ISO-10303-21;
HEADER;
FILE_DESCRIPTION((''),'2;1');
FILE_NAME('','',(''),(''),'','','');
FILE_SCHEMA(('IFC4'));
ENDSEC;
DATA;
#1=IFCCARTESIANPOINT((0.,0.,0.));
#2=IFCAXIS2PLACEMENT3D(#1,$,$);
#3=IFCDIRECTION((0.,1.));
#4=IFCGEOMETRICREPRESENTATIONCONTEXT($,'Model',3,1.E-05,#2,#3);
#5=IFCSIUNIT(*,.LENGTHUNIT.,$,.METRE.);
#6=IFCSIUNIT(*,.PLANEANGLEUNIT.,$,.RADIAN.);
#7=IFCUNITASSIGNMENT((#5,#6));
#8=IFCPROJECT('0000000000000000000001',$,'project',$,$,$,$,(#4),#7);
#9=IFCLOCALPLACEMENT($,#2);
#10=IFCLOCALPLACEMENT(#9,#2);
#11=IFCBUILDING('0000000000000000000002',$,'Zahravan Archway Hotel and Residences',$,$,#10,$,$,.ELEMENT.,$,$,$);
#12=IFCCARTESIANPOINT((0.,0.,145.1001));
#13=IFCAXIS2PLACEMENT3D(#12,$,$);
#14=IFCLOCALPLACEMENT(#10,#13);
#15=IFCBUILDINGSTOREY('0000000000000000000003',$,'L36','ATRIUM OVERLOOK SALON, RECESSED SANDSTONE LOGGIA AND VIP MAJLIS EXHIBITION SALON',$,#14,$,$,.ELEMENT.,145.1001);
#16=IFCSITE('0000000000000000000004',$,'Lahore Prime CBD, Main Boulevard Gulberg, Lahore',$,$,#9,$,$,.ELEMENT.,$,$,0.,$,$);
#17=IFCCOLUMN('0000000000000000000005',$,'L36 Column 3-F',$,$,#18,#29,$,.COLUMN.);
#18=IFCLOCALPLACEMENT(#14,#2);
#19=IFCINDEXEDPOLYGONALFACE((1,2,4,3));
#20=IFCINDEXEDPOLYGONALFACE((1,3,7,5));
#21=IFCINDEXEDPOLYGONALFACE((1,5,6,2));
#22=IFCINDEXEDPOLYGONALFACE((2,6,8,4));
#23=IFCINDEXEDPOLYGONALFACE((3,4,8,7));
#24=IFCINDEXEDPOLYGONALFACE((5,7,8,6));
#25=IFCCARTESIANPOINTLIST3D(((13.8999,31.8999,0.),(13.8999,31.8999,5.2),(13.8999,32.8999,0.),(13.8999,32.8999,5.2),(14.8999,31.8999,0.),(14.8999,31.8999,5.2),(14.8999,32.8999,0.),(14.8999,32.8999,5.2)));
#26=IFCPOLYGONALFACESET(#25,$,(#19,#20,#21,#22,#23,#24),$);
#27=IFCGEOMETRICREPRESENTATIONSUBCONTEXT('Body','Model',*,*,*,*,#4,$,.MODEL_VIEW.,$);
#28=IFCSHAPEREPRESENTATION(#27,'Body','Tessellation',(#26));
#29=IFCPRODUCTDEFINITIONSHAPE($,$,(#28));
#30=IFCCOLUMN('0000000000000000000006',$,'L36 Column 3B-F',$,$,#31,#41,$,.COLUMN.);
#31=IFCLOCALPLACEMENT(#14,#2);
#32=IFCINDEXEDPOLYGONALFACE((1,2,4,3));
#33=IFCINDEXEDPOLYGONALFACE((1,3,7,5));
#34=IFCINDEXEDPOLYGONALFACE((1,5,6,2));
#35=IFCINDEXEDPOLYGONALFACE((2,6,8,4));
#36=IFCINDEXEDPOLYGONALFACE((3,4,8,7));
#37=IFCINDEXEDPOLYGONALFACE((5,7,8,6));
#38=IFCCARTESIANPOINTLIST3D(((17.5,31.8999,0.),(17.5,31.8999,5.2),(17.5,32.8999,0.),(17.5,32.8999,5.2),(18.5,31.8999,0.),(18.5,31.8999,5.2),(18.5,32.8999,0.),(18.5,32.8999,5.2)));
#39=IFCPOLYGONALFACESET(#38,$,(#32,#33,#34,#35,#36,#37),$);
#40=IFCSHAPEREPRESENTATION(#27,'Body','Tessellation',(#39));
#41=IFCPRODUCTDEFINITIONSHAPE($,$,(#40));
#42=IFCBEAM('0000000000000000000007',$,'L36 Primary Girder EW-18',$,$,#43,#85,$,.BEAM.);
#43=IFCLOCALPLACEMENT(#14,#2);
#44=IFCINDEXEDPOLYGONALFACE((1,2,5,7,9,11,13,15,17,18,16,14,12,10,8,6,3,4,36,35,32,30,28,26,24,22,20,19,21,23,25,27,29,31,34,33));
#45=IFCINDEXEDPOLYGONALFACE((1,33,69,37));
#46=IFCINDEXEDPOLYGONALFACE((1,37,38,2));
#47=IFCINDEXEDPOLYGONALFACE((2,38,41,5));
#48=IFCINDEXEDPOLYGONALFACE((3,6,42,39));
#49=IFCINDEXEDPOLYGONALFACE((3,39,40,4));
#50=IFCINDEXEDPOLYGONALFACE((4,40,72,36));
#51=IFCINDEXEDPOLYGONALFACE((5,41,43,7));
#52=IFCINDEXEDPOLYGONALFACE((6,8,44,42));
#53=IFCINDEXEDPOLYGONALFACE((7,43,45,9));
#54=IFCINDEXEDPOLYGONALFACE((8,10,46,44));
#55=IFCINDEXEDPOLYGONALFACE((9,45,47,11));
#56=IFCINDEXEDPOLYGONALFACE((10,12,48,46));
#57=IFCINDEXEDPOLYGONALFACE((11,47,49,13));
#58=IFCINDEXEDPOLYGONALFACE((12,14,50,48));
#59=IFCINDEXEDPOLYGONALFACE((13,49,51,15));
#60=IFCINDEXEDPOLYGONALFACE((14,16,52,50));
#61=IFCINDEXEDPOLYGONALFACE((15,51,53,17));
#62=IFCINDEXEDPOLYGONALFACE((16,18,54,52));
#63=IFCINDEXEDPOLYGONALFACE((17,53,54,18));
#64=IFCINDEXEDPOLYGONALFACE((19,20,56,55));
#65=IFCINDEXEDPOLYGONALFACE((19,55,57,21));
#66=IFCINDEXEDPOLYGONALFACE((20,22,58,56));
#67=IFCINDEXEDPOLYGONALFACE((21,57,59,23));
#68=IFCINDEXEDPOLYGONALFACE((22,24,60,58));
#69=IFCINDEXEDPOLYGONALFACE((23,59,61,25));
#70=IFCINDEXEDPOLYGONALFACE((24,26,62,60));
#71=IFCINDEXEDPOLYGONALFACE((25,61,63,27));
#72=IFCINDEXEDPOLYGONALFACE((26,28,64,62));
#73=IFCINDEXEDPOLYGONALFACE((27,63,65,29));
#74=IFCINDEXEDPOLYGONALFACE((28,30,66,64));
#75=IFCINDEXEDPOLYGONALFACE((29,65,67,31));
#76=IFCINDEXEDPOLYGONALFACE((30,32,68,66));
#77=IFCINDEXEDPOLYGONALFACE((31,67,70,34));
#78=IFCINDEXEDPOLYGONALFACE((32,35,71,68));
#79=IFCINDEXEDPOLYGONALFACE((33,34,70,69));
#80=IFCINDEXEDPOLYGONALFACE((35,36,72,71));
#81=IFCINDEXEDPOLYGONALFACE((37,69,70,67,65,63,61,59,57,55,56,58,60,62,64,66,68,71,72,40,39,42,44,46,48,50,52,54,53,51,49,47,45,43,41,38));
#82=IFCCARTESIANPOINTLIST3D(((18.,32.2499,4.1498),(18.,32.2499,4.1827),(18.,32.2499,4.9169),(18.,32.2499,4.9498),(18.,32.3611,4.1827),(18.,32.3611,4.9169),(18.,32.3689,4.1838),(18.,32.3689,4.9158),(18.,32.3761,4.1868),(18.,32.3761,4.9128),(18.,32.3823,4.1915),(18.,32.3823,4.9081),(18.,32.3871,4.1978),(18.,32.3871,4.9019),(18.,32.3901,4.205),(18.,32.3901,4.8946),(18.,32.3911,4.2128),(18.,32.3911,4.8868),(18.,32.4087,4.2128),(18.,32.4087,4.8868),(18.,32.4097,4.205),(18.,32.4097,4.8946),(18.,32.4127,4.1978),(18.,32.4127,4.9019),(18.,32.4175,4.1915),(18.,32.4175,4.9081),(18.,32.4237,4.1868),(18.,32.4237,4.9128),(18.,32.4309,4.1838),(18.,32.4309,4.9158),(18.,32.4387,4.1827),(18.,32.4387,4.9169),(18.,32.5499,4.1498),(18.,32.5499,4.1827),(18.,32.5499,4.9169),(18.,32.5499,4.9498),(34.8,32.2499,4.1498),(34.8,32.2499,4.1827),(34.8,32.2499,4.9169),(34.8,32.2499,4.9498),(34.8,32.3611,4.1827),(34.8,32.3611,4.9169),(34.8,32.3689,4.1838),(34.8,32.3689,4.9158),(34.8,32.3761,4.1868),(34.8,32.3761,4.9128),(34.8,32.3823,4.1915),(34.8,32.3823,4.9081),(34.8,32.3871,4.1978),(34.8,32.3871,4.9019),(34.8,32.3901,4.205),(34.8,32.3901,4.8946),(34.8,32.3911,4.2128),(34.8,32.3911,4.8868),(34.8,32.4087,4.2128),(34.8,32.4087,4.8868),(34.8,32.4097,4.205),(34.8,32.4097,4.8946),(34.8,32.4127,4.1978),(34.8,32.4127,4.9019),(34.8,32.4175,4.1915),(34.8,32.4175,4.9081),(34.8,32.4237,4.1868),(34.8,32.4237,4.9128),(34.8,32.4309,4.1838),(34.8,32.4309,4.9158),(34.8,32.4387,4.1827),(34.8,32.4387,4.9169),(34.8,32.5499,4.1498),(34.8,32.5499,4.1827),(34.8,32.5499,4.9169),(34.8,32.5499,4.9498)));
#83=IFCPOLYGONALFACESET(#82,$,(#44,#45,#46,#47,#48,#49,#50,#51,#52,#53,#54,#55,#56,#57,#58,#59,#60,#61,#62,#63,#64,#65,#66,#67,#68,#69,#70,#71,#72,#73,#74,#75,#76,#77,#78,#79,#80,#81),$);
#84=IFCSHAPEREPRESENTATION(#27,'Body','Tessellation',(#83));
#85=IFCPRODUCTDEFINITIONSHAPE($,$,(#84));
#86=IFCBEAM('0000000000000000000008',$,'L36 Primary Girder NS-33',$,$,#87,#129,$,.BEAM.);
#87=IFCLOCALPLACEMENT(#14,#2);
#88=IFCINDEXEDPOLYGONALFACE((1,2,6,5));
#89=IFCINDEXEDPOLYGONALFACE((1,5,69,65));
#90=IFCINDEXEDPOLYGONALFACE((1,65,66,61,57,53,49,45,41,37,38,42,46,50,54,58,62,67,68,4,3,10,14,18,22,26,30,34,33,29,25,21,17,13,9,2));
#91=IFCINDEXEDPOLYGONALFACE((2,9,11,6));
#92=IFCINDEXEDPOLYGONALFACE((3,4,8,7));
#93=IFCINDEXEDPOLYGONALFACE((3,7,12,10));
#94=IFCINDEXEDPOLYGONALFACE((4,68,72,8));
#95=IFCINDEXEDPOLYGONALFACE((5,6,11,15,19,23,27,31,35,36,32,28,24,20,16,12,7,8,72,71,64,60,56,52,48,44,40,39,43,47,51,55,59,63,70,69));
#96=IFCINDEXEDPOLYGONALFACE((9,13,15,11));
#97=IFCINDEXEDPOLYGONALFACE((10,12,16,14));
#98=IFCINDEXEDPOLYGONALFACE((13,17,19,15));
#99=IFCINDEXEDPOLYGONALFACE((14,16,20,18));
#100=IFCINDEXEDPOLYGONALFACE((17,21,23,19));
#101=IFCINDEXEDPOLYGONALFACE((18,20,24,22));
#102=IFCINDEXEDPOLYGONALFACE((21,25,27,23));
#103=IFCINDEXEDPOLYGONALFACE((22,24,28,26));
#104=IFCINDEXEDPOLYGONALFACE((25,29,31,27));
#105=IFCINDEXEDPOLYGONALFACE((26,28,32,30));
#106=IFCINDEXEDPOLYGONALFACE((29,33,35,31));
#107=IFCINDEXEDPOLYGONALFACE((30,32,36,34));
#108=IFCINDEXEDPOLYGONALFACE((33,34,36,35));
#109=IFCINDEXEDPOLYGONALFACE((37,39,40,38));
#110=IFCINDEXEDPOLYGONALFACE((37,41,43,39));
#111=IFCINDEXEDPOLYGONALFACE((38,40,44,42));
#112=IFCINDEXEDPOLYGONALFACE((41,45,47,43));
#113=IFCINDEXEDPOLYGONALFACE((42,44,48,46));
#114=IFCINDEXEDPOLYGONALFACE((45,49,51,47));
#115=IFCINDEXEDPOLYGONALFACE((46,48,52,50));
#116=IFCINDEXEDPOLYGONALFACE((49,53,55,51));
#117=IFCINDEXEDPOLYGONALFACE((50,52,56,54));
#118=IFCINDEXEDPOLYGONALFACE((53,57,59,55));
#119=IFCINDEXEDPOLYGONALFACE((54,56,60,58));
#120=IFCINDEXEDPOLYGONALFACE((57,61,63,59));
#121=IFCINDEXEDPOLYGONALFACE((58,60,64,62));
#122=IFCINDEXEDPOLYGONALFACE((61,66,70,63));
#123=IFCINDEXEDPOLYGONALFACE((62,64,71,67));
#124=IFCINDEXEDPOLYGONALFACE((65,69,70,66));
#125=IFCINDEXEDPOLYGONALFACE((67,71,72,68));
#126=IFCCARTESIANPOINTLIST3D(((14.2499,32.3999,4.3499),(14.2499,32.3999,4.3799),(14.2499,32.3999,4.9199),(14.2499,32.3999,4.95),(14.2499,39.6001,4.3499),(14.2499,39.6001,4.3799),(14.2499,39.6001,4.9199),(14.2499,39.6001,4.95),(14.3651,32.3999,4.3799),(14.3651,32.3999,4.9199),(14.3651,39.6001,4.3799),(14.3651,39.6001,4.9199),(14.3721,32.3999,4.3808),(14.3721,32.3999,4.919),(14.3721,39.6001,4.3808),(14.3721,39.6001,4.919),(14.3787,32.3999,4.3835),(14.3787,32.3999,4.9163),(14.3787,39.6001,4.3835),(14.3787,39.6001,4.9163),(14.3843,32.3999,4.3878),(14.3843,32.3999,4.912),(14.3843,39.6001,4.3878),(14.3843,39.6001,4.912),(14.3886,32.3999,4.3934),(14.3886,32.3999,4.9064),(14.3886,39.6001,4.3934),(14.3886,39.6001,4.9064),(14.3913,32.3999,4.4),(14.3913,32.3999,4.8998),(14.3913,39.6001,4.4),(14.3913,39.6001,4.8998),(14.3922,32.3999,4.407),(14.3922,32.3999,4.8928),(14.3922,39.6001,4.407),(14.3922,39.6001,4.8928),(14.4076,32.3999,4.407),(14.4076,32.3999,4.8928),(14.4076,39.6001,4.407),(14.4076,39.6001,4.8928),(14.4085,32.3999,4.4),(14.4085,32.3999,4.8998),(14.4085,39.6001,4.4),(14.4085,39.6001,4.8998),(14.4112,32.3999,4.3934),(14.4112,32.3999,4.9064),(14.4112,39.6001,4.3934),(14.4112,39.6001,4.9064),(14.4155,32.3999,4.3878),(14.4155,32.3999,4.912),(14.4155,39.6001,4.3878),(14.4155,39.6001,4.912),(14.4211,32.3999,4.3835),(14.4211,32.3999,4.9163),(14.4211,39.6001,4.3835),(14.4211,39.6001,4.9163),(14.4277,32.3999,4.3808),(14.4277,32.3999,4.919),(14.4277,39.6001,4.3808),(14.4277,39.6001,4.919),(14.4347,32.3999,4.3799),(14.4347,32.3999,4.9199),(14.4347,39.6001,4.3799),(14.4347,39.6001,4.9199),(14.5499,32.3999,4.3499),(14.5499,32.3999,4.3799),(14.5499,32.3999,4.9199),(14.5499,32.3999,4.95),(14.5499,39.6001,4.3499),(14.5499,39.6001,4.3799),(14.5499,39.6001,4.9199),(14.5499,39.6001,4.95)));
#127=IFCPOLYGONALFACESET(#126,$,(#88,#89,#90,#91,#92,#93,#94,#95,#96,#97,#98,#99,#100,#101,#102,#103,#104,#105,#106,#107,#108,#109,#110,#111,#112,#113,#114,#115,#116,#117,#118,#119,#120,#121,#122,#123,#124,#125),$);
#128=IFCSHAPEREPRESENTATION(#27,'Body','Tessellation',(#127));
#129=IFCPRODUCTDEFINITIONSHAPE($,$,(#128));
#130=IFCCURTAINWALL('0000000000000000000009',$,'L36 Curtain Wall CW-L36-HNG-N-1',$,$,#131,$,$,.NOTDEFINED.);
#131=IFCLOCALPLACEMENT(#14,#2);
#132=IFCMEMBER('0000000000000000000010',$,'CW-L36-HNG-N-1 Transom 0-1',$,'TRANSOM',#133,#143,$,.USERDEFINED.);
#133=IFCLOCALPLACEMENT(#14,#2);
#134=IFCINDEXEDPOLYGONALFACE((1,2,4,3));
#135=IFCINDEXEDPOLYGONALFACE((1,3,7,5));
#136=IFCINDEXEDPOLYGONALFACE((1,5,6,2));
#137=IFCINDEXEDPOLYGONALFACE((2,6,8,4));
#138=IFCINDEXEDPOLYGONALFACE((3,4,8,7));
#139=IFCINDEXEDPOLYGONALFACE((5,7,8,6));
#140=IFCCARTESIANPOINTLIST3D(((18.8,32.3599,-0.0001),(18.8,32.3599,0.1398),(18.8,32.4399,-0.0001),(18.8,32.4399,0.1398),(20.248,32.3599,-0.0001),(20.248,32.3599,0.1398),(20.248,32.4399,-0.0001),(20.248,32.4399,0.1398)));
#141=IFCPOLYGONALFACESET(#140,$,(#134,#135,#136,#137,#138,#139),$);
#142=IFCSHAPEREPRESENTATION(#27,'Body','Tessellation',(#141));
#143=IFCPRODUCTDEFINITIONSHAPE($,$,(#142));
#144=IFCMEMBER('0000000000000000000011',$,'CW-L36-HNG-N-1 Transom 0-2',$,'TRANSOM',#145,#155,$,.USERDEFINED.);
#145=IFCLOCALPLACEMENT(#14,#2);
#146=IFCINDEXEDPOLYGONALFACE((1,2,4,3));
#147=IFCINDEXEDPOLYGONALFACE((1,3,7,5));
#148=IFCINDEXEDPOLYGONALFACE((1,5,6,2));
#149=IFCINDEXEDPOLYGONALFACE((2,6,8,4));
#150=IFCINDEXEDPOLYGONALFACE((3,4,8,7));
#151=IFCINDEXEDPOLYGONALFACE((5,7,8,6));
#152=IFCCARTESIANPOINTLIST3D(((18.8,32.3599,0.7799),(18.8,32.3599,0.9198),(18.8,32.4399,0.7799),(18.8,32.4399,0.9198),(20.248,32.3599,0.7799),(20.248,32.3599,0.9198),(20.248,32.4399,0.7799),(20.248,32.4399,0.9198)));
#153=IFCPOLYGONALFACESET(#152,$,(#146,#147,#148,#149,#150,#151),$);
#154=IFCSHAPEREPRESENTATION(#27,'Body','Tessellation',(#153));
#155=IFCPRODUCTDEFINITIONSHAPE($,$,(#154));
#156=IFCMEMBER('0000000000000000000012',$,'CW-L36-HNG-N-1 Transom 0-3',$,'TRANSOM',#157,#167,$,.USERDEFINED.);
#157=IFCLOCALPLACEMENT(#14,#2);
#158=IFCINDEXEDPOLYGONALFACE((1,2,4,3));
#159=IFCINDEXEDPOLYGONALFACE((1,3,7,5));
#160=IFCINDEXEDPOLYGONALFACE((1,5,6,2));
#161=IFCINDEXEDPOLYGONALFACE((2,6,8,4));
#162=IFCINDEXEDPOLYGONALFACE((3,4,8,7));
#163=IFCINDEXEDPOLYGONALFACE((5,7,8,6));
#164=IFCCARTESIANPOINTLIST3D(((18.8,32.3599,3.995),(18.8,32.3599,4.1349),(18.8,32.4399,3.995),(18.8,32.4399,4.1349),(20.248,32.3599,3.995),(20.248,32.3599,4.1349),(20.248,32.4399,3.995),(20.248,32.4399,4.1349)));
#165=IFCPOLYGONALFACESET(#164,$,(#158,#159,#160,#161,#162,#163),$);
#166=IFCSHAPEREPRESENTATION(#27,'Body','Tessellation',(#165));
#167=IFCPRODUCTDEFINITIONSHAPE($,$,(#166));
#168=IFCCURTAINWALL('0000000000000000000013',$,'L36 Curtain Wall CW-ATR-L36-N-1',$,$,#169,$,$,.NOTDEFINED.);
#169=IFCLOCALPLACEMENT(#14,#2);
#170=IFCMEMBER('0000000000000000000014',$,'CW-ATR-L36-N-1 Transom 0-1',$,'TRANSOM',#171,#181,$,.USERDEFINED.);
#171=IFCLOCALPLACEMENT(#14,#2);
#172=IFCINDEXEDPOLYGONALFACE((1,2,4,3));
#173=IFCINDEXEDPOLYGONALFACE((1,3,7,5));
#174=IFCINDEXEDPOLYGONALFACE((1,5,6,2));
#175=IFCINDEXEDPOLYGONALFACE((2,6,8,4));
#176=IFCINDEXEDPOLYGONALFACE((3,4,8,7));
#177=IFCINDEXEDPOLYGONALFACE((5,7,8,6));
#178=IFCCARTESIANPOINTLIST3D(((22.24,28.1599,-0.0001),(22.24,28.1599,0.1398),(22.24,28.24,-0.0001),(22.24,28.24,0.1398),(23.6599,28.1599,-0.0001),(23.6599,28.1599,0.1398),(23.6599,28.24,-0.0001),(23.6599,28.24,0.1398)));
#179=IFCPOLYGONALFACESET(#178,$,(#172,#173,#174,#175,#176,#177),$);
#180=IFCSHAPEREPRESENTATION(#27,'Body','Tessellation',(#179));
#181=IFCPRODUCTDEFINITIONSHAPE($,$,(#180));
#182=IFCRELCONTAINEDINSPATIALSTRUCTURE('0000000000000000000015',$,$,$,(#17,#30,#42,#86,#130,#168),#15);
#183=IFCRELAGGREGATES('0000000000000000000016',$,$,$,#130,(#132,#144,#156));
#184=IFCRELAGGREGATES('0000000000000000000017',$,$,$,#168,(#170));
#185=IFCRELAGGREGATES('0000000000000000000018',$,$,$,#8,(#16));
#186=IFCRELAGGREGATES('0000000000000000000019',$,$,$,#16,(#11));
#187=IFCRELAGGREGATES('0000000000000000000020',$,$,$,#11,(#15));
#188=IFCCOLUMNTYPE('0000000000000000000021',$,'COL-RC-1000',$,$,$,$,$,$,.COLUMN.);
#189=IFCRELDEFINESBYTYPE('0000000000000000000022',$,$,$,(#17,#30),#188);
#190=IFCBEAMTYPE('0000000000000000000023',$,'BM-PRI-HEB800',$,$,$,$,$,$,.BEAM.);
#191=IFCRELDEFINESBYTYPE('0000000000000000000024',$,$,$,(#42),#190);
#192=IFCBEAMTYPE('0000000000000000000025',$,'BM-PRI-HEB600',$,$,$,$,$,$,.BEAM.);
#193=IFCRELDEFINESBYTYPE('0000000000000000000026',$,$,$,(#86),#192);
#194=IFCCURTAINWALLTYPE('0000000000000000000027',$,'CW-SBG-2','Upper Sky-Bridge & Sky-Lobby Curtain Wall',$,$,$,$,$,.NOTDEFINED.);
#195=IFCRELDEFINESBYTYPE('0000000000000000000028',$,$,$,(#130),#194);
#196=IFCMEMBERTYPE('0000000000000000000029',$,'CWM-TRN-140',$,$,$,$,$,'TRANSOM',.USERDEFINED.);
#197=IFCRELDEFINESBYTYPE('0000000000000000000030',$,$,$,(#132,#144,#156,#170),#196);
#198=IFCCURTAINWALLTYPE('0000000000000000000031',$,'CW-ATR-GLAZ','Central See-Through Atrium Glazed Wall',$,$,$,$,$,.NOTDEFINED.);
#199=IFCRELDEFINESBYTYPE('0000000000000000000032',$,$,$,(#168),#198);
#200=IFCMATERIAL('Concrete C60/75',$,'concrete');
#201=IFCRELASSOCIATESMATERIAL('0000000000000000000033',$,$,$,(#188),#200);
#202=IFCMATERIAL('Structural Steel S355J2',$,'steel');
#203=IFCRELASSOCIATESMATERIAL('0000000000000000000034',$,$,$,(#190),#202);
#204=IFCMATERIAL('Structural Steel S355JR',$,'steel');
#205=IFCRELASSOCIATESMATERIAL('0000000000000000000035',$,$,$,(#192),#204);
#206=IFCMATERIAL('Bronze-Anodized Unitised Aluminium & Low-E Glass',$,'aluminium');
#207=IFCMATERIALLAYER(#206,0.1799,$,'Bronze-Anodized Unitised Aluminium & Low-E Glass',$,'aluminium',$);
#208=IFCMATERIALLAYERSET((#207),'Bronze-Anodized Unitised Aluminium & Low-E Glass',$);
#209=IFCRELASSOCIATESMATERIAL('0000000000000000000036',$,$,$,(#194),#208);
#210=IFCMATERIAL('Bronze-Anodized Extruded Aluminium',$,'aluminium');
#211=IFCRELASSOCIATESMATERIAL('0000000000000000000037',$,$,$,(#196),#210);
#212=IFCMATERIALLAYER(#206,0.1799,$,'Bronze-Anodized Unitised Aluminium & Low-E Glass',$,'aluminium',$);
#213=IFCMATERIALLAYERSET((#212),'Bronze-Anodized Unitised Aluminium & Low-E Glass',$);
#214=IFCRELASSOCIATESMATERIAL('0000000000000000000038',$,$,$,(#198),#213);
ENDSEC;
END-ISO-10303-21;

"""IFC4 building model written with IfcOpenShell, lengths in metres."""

from ifc_helpers import new_model, si_unit, direction, frame, origin, origin_2d, place, context, subcontext, project, spatial, rectangle, i_section, extrude, source, transform, mapped, material, layer, layer_set, material_profile, profile_set, type_object, type_shapes, element, aggregate, save


model = new_model("IFC4")

# Units and contexts
model_context = context("Model", 3, precision=1e-05, world=origin(), true_north=direction((0.0, 1.0)))
body_context = subcontext(model_context, "Body", "Model", "MODEL_VIEW")
ifc_project = project(units=[si_unit("LENGTHUNIT", "METRE"), si_unit("PLANEANGLEUNIT", "RADIAN")], contexts=[model_context])

# Site, building, storey
site_placement = place(None, origin())
site = spatial("IfcSite", under=ifc_project, at=site_placement, Name="Lahore Prime CBD, Main Boulevard Gulberg, Lahore", CompositionType="ELEMENT", RefElevation=0.0)
building_placement = place(site_placement, origin())
building = spatial("IfcBuilding", under=site, at=building_placement, Name="Zahravan Archway Hotel and Residences", CompositionType="ELEMENT")
storey_placement = place(building_placement, frame((0.0, 0.0, 145.1001)))
storey = spatial("IfcBuildingStorey", under=building, at=storey_placement, Name="L36", Description="ATRIUM OVERLOOK SALON, RECESSED SANDSTONE LOGGIA AND VIP MAJLIS EXHIBITION SALON", CompositionType="ELEMENT", Elevation=145.1001)

# Columns
ifc_material_1 = material(Name="Concrete C60/75", Category="concrete")
ifc_material_profile_1 = material_profile(ifc_material_1, rectangle(XDim=1.0, YDim=1.0, at=origin_2d()), Name="RC-COL-1000x1000", Category="concrete")
ifc_profile_set_1 = profile_set([ifc_material_profile_1], Name="Concrete C60/75")
column_type = type_object("IfcColumnType", Name="COL-RC-1000", PredefinedType="COLUMN", material=ifc_profile_set_1)
shared_shape_1 = source(origin(), body_context, "Body", "SweptSolid", [
    extrude(rectangle(XDim=1.0, YDim=1.0, at=origin_2d()), origin(), (0.0, 0.0, 1.0), 5.2),
])
for number, where, z_axis, x_axis, name in (
    (1, (14.3999, 32.3999, 0.0), (0.0, 0.0, 1.0), (1.0, 0.0, 0.0), "L36 Column 3-F"),
    (2, (18.0, 32.3999, 0.0), (0.0, 0.0, 1.0), (1.0, 0.0, 0.0), "L36 Column 3B-F"),
):
    element("IfcColumn", number, at=place(storey_placement, frame(where, z_axis=z_axis, x_axis=x_axis)), inside=storey, type_object=column_type, Name=name, PredefinedType="COLUMN", context=body_context, shape_type="MappedRepresentation", body=[
        mapped(shared_shape_1, transform((0.0, 0.0, 0.0), scale=1.0)),
    ])

# Beams
ifc_material_2 = material(Name="Structural Steel S355J2", Category="steel")
ifc_material_profile_2 = material_profile(ifc_material_2, i_section(OverallWidth=0.3, OverallDepth=0.8, WebThickness=0.0176, FlangeThickness=0.033, FilletRadius=0.03, at=origin_2d()), Name="HEB 800", Category="steel")
ifc_profile_set_2 = profile_set([ifc_material_profile_2], Name="Structural Steel S355J2")
beam_type_1 = type_object("IfcBeamType", Name="BM-PRI-HEB800", PredefinedType="BEAM", material=ifc_profile_set_2)
shared_shape_2 = source(origin(), body_context, "Body", "SweptSolid", [
    extrude(i_section(OverallWidth=0.3, OverallDepth=0.8, WebThickness=0.0176, FlangeThickness=0.033, FilletRadius=0.03, at=origin_2d()), origin(), (0.0, 0.0, 1.0), 16.8),
])
type_shapes(beam_type_1, [shared_shape_2])
beam_1_placement = place(storey_placement, frame((18.0, 32.3999, 4.5498), z_axis=(1.0, 0.0, 0.0), x_axis=(0.0, 1.0, 0.0)))
element("IfcBeam", 3, at=beam_1_placement, inside=storey, type_object=beam_type_1, Name="L36 Primary Girder EW-18", PredefinedType="BEAM", context=body_context, shape_type="MappedRepresentation", body=[
    mapped(shared_shape_2, transform((0.0, 0.0, 0.0), scale=1.0)),
])
ifc_material_3 = material(Name="Structural Steel S355JR", Category="steel")
ifc_material_profile_3 = material_profile(ifc_material_3, i_section(OverallWidth=0.3, OverallDepth=0.6001, WebThickness=0.0154, FlangeThickness=0.03, FilletRadius=0.0271, at=origin_2d()), Name="HEB 600", Category="steel")
ifc_profile_set_3 = profile_set([ifc_material_profile_3], Name="Structural Steel S355JR")
beam_type_2 = type_object("IfcBeamType", Name="BM-PRI-HEB600", PredefinedType="BEAM", material=ifc_profile_set_3)
shared_shape_3 = source(origin(), body_context, "Body", "SweptSolid", [
    extrude(i_section(OverallWidth=0.3, OverallDepth=0.6001, WebThickness=0.0154, FlangeThickness=0.03, FilletRadius=0.0271, at=origin_2d()), origin(), (0.0, 0.0, 1.0), 7.2002),
])
type_shapes(beam_type_2, [shared_shape_3])
beam_2_placement = place(storey_placement, frame((14.3999, 32.3999, 4.6499), z_axis=(0.0, 1.0, 0.0), x_axis=(-1.0, 0.0, 0.0)))
element("IfcBeam", 4, at=beam_2_placement, inside=storey, type_object=beam_type_2, Name="L36 Primary Girder NS-33", PredefinedType="BEAM", context=body_context, shape_type="MappedRepresentation", body=[
    mapped(shared_shape_3, transform((0.0, 0.0, 0.0), scale=1.0)),
])

# Curtain walls, members
ifc_material_4 = material(Name="Bronze-Anodized Unitised Aluminium & Low-E Glass", Category="aluminium")
ifc_layer_1 = layer(ifc_material_4, 0.1799, Name="Bronze-Anodized Unitised Aluminium & Low-E Glass", Category="aluminium")
ifc_layer_set_1 = layer_set([ifc_layer_1], Name="Bronze-Anodized Unitised Aluminium & Low-E Glass")
curtain_wall_type_1 = type_object("IfcCurtainWallType", Name="CW-SBG-2", Description="Upper Sky-Bridge & Sky-Lobby Curtain Wall", PredefinedType="NOTDEFINED", material=ifc_layer_set_1)
curtain_wall_1_placement = place(storey_placement, origin())
curtain_wall_1 = element("IfcCurtainWall", 5, at=curtain_wall_1_placement, inside=storey, type_object=curtain_wall_type_1, Name="L36 Curtain Wall CW-L36-HNG-N-1", PredefinedType="NOTDEFINED")
ifc_material_5 = material(Name="Bronze-Anodized Extruded Aluminium", Category="aluminium")
ifc_material_profile_4 = material_profile(ifc_material_5, rectangle(XDim=0.0801, YDim=0.1399, at=origin_2d()), Name="TRN 80x140", Category="aluminium")
ifc_profile_set_4 = profile_set([ifc_material_profile_4], Name="Bronze-Anodized Extruded Aluminium")
member_type_1 = type_object("IfcMemberType", Name="CWM-TRN-140", ElementType="TRANSOM", PredefinedType="USERDEFINED", material=ifc_profile_set_4)
shared_shape_4 = source(origin(), body_context, "Body", "SweptSolid", [
    extrude(rectangle(XDim=0.0801, YDim=0.1399, at=origin_2d()), origin(), (0.0, 0.0, 1.0), 1.448),
])
member_1_placement = place(storey_placement, frame((18.8, 32.3999, 0.0698), z_axis=(1.0, 0.0, 0.0), x_axis=(0.0, 1.0, 0.0)))
member_1 = element("IfcMember", 6, at=member_1_placement, type_object=member_type_1, Name="CW-L36-HNG-N-1 Transom 0-1", ObjectType="TRANSOM", PredefinedType="USERDEFINED", context=body_context, shape_type="MappedRepresentation", body=[
    mapped(shared_shape_4, transform((0.0, 0.0, 0.0), scale=1.0)),
])
member_2_placement = place(storey_placement, frame((18.8, 32.3999, 0.8499), z_axis=(1.0, 0.0, 0.0), x_axis=(0.0, 1.0, 0.0)))
member_2 = element("IfcMember", 7, at=member_2_placement, type_object=member_type_1, Name="CW-L36-HNG-N-1 Transom 0-2", ObjectType="TRANSOM", PredefinedType="USERDEFINED", context=body_context, shape_type="MappedRepresentation", body=[
    mapped(shared_shape_4, transform((0.0, 0.0, 0.0), scale=1.0)),
])
member_3_placement = place(storey_placement, frame((18.8, 32.3999, 4.0649), z_axis=(1.0, 0.0, 0.0), x_axis=(0.0, 1.0, 0.0)))
member_3 = element("IfcMember", 8, at=member_3_placement, type_object=member_type_1, Name="CW-L36-HNG-N-1 Transom 0-3", ObjectType="TRANSOM", PredefinedType="USERDEFINED", context=body_context, shape_type="MappedRepresentation", body=[
    mapped(shared_shape_4, transform((0.0, 0.0, 0.0), scale=1.0)),
])
ifc_layer_2 = layer(ifc_material_4, 0.1799, Name="Bronze-Anodized Unitised Aluminium & Low-E Glass", Category="aluminium")
ifc_layer_set_2 = layer_set([ifc_layer_2], Name="Bronze-Anodized Unitised Aluminium & Low-E Glass")
curtain_wall_type_2 = type_object("IfcCurtainWallType", Name="CW-ATR-GLAZ", Description="Central See-Through Atrium Glazed Wall", PredefinedType="NOTDEFINED", material=ifc_layer_set_2)
curtain_wall_2_placement = place(storey_placement, origin())
curtain_wall_2 = element("IfcCurtainWall", 9, at=curtain_wall_2_placement, inside=storey, type_object=curtain_wall_type_2, Name="L36 Curtain Wall CW-ATR-L36-N-1", PredefinedType="NOTDEFINED")
shared_shape_5 = source(origin(), body_context, "Body", "SweptSolid", [
    extrude(rectangle(XDim=0.0801, YDim=0.1399, at=origin_2d()), origin(), (0.0, 0.0, 1.0), 1.4199),
])
member_4_placement = place(storey_placement, frame((22.24, 28.2, 0.0698), z_axis=(1.0, 0.0, 0.0), x_axis=(0.0, 1.0, 0.0)))
member_4 = element("IfcMember", 10, at=member_4_placement, type_object=member_type_1, Name="CW-ATR-L36-N-1 Transom 0-1", ObjectType="TRANSOM", PredefinedType="USERDEFINED", context=body_context, shape_type="MappedRepresentation", body=[
    mapped(shared_shape_5, transform((0.0, 0.0, 0.0), scale=1.0)),
])

aggregate(curtain_wall_1, [member_1, member_2, member_3])

aggregate(curtain_wall_2, [member_4])

save(model, "model.ifc")
